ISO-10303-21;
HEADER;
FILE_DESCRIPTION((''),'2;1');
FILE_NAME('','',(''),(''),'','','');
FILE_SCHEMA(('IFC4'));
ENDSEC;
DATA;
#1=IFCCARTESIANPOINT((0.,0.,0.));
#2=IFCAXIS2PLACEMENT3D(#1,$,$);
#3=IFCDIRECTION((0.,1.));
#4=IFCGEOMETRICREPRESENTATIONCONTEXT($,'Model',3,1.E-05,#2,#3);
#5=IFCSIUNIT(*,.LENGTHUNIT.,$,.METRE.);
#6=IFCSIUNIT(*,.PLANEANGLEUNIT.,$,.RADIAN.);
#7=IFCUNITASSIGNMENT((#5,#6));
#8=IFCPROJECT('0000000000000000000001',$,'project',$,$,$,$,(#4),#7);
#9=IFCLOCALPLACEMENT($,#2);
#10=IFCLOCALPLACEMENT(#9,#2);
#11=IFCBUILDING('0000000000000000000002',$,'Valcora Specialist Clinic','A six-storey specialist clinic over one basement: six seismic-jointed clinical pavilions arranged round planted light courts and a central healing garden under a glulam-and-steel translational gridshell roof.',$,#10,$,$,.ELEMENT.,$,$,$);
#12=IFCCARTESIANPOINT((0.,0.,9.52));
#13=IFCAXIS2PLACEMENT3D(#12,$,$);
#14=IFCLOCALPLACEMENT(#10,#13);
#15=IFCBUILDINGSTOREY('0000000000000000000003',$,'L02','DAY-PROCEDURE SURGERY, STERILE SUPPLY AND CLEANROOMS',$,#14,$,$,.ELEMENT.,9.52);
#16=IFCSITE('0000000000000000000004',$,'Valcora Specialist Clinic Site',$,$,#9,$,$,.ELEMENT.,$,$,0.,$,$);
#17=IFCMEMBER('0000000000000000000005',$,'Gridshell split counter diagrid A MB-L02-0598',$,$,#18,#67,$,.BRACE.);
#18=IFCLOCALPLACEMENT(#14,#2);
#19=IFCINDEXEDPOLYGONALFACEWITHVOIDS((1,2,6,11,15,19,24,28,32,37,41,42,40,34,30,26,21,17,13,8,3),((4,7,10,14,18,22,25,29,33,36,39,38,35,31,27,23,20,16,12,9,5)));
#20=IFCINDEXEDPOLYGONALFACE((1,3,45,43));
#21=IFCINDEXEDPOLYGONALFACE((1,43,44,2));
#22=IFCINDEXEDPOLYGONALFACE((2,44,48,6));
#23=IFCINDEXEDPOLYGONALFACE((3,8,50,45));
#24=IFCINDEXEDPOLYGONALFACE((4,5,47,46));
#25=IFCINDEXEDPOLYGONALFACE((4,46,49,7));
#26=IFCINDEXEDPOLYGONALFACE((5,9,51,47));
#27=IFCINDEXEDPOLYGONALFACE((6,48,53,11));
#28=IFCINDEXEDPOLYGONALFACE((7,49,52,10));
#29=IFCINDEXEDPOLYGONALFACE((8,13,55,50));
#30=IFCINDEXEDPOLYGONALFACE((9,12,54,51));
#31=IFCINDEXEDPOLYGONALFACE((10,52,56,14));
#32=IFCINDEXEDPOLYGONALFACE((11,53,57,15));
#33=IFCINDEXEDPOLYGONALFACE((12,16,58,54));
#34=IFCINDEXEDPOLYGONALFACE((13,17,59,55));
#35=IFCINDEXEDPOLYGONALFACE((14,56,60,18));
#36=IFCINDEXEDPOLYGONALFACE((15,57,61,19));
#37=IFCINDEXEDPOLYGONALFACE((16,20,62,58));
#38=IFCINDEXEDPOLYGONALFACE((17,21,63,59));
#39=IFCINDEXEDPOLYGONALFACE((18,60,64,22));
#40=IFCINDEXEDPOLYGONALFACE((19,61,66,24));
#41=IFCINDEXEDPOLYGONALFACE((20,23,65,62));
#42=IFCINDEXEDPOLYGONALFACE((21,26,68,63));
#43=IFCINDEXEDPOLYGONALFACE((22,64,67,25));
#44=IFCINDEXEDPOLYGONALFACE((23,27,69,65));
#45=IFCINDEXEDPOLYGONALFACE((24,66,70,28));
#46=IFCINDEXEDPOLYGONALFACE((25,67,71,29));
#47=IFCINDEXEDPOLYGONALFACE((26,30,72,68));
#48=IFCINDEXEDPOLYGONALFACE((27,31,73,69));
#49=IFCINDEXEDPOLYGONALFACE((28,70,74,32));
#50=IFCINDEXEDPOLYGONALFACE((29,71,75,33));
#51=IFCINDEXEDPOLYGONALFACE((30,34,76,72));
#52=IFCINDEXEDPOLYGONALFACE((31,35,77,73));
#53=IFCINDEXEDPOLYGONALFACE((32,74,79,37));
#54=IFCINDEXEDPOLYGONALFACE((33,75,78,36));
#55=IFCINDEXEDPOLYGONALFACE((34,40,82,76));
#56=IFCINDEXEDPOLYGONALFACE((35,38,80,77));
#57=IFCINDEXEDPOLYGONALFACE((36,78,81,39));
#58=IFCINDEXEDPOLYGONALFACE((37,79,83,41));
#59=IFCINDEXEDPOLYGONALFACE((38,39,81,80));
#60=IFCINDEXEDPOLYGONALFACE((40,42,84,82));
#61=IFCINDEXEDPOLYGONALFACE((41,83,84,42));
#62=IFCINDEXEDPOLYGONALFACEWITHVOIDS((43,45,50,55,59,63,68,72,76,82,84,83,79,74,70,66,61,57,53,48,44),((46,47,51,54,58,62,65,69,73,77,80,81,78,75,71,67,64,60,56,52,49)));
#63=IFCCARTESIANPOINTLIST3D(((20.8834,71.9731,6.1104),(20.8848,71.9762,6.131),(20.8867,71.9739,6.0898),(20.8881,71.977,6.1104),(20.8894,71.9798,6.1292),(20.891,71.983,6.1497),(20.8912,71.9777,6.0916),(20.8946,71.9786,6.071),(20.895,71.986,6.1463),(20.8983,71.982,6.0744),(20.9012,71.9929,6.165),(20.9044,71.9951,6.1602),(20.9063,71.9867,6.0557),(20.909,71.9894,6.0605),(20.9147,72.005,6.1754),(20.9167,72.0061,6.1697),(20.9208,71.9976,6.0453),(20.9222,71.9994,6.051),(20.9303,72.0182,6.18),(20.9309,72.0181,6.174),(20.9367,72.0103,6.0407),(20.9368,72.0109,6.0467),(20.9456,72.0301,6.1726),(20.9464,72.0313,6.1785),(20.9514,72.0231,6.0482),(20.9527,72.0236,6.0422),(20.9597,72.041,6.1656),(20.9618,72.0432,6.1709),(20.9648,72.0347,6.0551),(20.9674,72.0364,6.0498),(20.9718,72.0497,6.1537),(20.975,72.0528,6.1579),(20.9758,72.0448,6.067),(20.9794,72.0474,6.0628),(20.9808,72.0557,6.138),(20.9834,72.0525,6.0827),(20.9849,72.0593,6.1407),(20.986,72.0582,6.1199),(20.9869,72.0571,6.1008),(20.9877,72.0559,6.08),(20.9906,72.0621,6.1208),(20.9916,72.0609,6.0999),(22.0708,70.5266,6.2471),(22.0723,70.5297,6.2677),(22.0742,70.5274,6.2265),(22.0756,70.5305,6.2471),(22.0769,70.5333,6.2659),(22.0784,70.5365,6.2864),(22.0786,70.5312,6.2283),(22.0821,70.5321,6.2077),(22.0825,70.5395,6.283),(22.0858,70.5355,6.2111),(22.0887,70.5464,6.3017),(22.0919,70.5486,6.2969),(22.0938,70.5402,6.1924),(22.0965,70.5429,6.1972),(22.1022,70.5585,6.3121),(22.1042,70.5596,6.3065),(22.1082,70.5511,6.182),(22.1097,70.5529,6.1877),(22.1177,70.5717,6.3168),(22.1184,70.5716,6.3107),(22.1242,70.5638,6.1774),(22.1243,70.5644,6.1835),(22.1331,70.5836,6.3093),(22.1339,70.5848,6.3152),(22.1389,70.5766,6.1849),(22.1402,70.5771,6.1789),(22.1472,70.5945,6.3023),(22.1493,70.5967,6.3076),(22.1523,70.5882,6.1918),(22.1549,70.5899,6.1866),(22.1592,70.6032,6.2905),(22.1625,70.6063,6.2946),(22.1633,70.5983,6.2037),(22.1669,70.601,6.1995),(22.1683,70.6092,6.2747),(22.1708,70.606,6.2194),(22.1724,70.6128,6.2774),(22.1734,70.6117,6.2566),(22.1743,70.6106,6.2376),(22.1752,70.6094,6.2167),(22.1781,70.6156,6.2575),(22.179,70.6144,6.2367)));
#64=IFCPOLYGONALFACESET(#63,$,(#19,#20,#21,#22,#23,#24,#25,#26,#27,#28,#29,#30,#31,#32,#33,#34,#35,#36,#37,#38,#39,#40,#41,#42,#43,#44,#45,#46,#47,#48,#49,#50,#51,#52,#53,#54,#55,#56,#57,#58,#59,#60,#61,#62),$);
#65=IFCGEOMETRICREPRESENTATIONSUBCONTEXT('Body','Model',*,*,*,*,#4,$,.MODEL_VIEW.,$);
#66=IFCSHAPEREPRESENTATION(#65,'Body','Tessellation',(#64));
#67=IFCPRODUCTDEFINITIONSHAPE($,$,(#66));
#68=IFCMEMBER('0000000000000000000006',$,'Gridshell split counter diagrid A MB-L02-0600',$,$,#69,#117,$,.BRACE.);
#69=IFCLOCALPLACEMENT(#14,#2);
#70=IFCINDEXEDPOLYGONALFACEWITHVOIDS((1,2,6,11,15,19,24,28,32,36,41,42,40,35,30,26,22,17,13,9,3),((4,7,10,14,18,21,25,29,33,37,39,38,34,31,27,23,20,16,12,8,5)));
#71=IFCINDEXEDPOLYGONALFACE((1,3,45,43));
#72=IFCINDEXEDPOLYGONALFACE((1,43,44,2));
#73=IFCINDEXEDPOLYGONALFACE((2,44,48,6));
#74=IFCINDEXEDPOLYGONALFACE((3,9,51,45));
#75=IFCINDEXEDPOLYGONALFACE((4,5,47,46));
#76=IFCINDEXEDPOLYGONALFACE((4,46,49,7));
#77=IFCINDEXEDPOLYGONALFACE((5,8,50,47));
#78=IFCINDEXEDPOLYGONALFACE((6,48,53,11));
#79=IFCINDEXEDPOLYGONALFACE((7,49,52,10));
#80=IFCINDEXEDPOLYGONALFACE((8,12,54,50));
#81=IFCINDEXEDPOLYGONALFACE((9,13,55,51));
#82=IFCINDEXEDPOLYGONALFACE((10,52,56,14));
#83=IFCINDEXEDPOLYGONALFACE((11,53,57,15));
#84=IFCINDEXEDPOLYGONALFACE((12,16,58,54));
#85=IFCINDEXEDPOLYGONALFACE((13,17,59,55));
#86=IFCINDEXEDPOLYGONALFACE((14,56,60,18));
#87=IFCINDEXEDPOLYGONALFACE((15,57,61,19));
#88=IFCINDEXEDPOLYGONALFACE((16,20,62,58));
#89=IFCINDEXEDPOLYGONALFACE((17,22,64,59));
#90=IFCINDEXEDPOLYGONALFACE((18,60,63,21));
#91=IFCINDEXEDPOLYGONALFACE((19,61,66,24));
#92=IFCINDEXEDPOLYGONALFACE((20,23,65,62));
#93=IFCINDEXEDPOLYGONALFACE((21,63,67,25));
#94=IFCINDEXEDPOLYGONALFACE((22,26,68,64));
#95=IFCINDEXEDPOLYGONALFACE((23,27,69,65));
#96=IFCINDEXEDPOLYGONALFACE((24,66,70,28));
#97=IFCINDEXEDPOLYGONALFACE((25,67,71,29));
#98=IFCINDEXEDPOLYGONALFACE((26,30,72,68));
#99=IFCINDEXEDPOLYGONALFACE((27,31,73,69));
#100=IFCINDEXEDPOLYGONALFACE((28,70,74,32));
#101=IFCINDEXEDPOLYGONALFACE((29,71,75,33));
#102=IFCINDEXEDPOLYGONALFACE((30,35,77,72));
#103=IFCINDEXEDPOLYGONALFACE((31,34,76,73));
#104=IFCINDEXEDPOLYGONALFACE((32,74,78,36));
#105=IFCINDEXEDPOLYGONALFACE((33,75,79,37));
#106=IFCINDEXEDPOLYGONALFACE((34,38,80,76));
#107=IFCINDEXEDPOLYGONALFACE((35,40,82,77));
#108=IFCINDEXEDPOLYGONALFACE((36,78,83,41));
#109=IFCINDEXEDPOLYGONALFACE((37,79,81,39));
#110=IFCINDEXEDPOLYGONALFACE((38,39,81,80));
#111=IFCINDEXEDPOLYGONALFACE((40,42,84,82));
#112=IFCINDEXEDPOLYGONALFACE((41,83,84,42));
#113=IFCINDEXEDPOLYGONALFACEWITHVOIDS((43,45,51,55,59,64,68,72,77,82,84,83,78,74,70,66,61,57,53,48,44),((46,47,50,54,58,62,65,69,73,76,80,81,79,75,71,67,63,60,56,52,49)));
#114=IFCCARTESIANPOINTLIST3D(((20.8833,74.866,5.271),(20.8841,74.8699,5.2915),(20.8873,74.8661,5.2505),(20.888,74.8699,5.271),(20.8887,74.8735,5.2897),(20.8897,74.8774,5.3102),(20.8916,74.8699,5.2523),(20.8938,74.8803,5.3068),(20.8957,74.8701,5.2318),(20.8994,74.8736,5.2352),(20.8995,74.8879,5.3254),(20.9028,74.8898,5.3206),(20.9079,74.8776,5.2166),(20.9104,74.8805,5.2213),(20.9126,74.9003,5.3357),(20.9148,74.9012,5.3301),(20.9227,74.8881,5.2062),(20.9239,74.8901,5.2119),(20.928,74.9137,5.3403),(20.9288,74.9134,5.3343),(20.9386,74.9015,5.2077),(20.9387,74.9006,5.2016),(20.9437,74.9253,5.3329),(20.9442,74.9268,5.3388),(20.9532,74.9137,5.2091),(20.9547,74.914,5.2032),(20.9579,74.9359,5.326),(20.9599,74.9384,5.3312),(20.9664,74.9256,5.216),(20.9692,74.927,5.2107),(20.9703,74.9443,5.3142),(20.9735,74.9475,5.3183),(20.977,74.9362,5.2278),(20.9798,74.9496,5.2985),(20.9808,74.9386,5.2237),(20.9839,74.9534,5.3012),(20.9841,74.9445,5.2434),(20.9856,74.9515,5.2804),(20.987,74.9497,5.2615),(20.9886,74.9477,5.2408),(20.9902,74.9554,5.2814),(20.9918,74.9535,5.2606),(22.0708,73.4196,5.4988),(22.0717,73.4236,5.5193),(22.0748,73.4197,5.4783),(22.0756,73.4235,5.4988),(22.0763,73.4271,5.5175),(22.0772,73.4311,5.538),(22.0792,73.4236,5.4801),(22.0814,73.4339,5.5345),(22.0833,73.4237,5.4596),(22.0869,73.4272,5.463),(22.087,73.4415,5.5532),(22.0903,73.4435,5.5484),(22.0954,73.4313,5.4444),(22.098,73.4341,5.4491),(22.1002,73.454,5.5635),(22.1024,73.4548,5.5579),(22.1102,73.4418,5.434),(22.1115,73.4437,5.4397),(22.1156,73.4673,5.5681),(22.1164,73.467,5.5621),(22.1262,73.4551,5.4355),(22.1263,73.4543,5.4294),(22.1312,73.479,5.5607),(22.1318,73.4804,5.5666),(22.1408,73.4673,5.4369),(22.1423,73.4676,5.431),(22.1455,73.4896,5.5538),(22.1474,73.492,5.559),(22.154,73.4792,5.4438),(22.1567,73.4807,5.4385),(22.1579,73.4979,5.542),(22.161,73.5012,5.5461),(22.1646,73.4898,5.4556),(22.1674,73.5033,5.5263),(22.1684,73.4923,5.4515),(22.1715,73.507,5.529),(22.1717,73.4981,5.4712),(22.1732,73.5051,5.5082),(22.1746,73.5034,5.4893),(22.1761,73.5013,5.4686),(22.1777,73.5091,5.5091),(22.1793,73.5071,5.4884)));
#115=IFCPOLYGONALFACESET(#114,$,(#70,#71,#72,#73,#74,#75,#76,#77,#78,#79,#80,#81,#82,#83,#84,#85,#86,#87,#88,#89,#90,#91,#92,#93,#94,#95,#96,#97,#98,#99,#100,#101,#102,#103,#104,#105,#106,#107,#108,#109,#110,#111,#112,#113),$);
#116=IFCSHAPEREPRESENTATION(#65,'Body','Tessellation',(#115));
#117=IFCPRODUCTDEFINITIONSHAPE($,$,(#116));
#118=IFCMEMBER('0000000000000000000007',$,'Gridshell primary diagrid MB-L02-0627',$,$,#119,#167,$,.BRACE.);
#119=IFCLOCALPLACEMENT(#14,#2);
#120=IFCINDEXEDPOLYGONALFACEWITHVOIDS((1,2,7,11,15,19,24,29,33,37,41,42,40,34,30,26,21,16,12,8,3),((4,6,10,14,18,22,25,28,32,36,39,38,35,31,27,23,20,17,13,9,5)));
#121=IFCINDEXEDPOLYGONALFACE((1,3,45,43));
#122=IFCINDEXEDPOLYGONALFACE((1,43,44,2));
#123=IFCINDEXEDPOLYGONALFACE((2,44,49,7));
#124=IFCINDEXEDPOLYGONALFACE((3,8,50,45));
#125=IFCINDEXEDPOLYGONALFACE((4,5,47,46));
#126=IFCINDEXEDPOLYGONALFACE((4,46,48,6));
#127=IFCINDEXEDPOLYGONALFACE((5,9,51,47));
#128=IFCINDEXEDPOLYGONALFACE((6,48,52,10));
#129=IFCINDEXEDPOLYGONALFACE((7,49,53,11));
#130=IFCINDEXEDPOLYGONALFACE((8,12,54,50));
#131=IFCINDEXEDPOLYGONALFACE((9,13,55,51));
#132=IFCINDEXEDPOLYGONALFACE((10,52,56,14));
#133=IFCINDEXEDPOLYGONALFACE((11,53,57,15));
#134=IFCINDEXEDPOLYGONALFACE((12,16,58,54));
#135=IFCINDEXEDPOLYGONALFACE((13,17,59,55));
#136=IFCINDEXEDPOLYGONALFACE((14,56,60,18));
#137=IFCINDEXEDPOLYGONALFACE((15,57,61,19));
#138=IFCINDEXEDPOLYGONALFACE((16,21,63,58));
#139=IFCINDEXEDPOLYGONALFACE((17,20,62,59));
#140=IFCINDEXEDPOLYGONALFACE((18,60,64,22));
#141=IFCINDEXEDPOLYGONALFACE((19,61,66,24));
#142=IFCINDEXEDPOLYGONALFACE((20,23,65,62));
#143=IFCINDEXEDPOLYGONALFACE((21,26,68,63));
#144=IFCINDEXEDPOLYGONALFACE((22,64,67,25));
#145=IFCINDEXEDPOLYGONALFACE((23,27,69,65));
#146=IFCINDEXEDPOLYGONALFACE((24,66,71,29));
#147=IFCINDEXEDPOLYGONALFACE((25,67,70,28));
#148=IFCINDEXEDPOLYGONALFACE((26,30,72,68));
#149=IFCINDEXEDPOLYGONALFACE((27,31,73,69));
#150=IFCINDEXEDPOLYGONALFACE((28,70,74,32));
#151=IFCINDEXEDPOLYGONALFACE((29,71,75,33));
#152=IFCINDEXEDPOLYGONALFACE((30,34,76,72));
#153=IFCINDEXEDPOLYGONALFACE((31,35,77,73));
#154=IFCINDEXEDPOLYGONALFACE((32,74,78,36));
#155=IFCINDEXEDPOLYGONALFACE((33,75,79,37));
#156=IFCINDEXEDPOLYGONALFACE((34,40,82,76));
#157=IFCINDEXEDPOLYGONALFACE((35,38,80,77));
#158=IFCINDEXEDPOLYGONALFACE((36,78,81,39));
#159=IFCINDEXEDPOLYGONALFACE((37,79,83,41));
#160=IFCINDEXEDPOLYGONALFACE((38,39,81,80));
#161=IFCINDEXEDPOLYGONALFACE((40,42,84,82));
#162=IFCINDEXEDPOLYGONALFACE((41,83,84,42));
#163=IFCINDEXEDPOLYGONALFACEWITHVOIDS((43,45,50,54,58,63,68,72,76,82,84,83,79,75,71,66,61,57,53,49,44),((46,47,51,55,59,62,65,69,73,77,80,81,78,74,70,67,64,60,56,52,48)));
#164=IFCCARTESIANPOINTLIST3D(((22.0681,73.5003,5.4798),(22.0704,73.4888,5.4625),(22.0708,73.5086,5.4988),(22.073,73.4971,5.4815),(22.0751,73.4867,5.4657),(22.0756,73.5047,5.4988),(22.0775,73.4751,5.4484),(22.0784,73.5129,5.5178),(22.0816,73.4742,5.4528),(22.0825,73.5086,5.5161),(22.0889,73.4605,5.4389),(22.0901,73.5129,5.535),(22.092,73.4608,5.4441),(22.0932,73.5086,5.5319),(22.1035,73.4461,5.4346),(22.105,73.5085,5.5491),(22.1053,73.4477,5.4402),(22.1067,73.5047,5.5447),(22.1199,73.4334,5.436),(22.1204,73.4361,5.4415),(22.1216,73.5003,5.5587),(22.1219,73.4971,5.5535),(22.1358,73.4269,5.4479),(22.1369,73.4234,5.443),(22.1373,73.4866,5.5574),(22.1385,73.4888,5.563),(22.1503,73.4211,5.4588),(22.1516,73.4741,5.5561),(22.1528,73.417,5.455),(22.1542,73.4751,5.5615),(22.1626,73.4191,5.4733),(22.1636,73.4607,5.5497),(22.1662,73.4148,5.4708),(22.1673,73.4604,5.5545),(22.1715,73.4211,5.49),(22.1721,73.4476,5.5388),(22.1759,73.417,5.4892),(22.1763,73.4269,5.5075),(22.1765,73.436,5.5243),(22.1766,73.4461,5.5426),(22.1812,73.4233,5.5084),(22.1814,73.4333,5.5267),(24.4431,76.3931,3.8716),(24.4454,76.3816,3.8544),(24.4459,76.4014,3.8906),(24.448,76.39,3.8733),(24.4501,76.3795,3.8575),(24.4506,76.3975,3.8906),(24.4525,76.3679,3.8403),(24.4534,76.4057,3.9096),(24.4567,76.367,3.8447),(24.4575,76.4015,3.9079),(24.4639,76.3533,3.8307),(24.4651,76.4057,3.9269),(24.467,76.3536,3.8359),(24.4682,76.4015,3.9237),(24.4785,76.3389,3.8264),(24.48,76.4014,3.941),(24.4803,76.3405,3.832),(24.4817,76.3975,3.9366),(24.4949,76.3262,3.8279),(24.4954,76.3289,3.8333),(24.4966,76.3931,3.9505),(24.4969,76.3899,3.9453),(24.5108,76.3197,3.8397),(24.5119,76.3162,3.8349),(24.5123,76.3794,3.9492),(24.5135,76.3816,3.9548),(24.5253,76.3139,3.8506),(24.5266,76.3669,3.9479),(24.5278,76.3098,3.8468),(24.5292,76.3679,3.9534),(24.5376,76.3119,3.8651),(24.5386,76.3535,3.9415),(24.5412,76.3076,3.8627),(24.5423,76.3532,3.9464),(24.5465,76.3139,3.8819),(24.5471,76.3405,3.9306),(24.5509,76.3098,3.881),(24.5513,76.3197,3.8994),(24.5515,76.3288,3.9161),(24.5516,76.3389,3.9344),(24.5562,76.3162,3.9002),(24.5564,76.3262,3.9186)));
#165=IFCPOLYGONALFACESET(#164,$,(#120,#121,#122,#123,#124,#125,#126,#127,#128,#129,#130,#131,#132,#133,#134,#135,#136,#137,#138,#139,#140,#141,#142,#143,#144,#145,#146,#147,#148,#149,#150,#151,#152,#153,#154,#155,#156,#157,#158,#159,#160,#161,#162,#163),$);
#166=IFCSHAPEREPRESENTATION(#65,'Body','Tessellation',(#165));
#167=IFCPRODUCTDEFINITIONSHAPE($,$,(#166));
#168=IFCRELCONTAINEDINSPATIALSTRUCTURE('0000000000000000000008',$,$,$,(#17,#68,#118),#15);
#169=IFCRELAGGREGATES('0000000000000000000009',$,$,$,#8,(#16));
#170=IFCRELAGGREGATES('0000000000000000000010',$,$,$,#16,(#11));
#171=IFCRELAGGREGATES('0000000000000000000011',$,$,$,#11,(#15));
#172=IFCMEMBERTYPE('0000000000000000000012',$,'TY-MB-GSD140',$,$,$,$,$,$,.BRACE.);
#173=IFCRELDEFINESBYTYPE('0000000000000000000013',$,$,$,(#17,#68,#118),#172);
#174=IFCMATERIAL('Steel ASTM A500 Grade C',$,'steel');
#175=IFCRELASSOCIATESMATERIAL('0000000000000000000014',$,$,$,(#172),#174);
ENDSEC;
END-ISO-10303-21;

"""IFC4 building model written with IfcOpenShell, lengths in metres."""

from ifc_helpers import new_model, si_unit, direction, frame, origin, origin_2d, place, context, subcontext, project, spatial, hollow_circle, extrude, material, material_profile, profile_set, type_object, element, save


model = new_model("IFC4")

# Units and contexts
model_context = context("Model", 3, precision=1e-05, world=origin(), true_north=direction((0.0, 1.0)))
body_context = subcontext(model_context, "Body", "Model", "MODEL_VIEW")
ifc_project = project(units=[si_unit("LENGTHUNIT", "METRE"), si_unit("PLANEANGLEUNIT", "RADIAN")], contexts=[model_context])

# Site, building, storey
site_placement = place(None, origin())
site = spatial("IfcSite", under=ifc_project, at=site_placement, Name="Valcora Specialist Clinic Site", CompositionType="ELEMENT", RefElevation=0.0)
building_placement = place(site_placement, origin())
building = spatial("IfcBuilding", under=site, at=building_placement, Name="Valcora Specialist Clinic", Description="A six-storey specialist clinic over one basement: six seismic-jointed clinical pavilions arranged round planted light courts and a central healing garden under a glulam-and-steel translational gridshell roof.", CompositionType="ELEMENT")
storey_placement = place(building_placement, frame((0.0, 0.0, 9.52)))
storey = spatial("IfcBuildingStorey", under=building, at=storey_placement, Name="L02", Description="DAY-PROCEDURE SURGERY, STERILE SUPPLY AND CLEANROOMS", CompositionType="ELEMENT", Elevation=9.52)

# Members
ifc_material_1 = material(Name="Steel ASTM A500 Grade C", Category="steel")
ifc_material_profile_1 = material_profile(ifc_material_1, hollow_circle(Radius=0.0701, WallThickness=0.0061, at=origin_2d()), Name="ST-CHS-140X6")
ifc_profile_set_1 = profile_set([ifc_material_profile_1], Name="Steel ASTM A500 Grade C")
member_type_1 = type_object("IfcMemberType", Name="TY-MB-GSD140", PredefinedType="BRACE", material=ifc_profile_set_1)
member_1_placement = place(storey_placement, frame((22.125, 70.571, 6.2471), z_axis=(-0.632822, 0.770862, -0.072858), x_axis=(-0.772916, -0.634508, 0.0)))
element("IfcMember", 1, at=member_1_placement, inside=storey, type_object=member_type_1, Name="Gridshell split counter diagrid A MB-L02-0598", PredefinedType="BRACE", context=body_context, shape_type="SweptSolid", body=[
    extrude(hollow_circle(Radius=0.0701, WallThickness=0.0061, at=origin_2d()), origin(), (0.0, 0.0, 1.0), 1.8765),
])
member_2_placement = place(storey_placement, frame((22.125, 73.4641, 5.4988), z_axis=(-0.629923, 0.767201, -0.12083), x_axis=(-0.772863, -0.634572, 0.0)))
element("IfcMember", 2, at=member_2_placement, inside=storey, type_object=member_type_1, Name="Gridshell split counter diagrid A MB-L02-0600", PredefinedType="BRACE", context=body_context, shape_type="SweptSolid", body=[
    extrude(hollow_circle(Radius=0.0701, WallThickness=0.0061, at=origin_2d()), origin(), (0.0, 0.0, 1.0), 1.8853),
])
member_3_placement = place(storey_placement, frame((22.125, 73.4641, 5.4988), z_axis=(0.583005, 0.710118, -0.394763), x_axis=(-0.77289, 0.63454, 0.0)))
element("IfcMember", 3, at=member_3_placement, inside=storey, type_object=member_type_1, Name="Gridshell primary diagrid MB-L02-0627", PredefinedType="BRACE", context=body_context, shape_type="SweptSolid", body=[
    extrude(hollow_circle(Radius=0.0701, WallThickness=0.0061, at=origin_2d()), origin(), (0.0, 0.0, 1.0), 4.0737),
])

save(model, "model.ifc")
